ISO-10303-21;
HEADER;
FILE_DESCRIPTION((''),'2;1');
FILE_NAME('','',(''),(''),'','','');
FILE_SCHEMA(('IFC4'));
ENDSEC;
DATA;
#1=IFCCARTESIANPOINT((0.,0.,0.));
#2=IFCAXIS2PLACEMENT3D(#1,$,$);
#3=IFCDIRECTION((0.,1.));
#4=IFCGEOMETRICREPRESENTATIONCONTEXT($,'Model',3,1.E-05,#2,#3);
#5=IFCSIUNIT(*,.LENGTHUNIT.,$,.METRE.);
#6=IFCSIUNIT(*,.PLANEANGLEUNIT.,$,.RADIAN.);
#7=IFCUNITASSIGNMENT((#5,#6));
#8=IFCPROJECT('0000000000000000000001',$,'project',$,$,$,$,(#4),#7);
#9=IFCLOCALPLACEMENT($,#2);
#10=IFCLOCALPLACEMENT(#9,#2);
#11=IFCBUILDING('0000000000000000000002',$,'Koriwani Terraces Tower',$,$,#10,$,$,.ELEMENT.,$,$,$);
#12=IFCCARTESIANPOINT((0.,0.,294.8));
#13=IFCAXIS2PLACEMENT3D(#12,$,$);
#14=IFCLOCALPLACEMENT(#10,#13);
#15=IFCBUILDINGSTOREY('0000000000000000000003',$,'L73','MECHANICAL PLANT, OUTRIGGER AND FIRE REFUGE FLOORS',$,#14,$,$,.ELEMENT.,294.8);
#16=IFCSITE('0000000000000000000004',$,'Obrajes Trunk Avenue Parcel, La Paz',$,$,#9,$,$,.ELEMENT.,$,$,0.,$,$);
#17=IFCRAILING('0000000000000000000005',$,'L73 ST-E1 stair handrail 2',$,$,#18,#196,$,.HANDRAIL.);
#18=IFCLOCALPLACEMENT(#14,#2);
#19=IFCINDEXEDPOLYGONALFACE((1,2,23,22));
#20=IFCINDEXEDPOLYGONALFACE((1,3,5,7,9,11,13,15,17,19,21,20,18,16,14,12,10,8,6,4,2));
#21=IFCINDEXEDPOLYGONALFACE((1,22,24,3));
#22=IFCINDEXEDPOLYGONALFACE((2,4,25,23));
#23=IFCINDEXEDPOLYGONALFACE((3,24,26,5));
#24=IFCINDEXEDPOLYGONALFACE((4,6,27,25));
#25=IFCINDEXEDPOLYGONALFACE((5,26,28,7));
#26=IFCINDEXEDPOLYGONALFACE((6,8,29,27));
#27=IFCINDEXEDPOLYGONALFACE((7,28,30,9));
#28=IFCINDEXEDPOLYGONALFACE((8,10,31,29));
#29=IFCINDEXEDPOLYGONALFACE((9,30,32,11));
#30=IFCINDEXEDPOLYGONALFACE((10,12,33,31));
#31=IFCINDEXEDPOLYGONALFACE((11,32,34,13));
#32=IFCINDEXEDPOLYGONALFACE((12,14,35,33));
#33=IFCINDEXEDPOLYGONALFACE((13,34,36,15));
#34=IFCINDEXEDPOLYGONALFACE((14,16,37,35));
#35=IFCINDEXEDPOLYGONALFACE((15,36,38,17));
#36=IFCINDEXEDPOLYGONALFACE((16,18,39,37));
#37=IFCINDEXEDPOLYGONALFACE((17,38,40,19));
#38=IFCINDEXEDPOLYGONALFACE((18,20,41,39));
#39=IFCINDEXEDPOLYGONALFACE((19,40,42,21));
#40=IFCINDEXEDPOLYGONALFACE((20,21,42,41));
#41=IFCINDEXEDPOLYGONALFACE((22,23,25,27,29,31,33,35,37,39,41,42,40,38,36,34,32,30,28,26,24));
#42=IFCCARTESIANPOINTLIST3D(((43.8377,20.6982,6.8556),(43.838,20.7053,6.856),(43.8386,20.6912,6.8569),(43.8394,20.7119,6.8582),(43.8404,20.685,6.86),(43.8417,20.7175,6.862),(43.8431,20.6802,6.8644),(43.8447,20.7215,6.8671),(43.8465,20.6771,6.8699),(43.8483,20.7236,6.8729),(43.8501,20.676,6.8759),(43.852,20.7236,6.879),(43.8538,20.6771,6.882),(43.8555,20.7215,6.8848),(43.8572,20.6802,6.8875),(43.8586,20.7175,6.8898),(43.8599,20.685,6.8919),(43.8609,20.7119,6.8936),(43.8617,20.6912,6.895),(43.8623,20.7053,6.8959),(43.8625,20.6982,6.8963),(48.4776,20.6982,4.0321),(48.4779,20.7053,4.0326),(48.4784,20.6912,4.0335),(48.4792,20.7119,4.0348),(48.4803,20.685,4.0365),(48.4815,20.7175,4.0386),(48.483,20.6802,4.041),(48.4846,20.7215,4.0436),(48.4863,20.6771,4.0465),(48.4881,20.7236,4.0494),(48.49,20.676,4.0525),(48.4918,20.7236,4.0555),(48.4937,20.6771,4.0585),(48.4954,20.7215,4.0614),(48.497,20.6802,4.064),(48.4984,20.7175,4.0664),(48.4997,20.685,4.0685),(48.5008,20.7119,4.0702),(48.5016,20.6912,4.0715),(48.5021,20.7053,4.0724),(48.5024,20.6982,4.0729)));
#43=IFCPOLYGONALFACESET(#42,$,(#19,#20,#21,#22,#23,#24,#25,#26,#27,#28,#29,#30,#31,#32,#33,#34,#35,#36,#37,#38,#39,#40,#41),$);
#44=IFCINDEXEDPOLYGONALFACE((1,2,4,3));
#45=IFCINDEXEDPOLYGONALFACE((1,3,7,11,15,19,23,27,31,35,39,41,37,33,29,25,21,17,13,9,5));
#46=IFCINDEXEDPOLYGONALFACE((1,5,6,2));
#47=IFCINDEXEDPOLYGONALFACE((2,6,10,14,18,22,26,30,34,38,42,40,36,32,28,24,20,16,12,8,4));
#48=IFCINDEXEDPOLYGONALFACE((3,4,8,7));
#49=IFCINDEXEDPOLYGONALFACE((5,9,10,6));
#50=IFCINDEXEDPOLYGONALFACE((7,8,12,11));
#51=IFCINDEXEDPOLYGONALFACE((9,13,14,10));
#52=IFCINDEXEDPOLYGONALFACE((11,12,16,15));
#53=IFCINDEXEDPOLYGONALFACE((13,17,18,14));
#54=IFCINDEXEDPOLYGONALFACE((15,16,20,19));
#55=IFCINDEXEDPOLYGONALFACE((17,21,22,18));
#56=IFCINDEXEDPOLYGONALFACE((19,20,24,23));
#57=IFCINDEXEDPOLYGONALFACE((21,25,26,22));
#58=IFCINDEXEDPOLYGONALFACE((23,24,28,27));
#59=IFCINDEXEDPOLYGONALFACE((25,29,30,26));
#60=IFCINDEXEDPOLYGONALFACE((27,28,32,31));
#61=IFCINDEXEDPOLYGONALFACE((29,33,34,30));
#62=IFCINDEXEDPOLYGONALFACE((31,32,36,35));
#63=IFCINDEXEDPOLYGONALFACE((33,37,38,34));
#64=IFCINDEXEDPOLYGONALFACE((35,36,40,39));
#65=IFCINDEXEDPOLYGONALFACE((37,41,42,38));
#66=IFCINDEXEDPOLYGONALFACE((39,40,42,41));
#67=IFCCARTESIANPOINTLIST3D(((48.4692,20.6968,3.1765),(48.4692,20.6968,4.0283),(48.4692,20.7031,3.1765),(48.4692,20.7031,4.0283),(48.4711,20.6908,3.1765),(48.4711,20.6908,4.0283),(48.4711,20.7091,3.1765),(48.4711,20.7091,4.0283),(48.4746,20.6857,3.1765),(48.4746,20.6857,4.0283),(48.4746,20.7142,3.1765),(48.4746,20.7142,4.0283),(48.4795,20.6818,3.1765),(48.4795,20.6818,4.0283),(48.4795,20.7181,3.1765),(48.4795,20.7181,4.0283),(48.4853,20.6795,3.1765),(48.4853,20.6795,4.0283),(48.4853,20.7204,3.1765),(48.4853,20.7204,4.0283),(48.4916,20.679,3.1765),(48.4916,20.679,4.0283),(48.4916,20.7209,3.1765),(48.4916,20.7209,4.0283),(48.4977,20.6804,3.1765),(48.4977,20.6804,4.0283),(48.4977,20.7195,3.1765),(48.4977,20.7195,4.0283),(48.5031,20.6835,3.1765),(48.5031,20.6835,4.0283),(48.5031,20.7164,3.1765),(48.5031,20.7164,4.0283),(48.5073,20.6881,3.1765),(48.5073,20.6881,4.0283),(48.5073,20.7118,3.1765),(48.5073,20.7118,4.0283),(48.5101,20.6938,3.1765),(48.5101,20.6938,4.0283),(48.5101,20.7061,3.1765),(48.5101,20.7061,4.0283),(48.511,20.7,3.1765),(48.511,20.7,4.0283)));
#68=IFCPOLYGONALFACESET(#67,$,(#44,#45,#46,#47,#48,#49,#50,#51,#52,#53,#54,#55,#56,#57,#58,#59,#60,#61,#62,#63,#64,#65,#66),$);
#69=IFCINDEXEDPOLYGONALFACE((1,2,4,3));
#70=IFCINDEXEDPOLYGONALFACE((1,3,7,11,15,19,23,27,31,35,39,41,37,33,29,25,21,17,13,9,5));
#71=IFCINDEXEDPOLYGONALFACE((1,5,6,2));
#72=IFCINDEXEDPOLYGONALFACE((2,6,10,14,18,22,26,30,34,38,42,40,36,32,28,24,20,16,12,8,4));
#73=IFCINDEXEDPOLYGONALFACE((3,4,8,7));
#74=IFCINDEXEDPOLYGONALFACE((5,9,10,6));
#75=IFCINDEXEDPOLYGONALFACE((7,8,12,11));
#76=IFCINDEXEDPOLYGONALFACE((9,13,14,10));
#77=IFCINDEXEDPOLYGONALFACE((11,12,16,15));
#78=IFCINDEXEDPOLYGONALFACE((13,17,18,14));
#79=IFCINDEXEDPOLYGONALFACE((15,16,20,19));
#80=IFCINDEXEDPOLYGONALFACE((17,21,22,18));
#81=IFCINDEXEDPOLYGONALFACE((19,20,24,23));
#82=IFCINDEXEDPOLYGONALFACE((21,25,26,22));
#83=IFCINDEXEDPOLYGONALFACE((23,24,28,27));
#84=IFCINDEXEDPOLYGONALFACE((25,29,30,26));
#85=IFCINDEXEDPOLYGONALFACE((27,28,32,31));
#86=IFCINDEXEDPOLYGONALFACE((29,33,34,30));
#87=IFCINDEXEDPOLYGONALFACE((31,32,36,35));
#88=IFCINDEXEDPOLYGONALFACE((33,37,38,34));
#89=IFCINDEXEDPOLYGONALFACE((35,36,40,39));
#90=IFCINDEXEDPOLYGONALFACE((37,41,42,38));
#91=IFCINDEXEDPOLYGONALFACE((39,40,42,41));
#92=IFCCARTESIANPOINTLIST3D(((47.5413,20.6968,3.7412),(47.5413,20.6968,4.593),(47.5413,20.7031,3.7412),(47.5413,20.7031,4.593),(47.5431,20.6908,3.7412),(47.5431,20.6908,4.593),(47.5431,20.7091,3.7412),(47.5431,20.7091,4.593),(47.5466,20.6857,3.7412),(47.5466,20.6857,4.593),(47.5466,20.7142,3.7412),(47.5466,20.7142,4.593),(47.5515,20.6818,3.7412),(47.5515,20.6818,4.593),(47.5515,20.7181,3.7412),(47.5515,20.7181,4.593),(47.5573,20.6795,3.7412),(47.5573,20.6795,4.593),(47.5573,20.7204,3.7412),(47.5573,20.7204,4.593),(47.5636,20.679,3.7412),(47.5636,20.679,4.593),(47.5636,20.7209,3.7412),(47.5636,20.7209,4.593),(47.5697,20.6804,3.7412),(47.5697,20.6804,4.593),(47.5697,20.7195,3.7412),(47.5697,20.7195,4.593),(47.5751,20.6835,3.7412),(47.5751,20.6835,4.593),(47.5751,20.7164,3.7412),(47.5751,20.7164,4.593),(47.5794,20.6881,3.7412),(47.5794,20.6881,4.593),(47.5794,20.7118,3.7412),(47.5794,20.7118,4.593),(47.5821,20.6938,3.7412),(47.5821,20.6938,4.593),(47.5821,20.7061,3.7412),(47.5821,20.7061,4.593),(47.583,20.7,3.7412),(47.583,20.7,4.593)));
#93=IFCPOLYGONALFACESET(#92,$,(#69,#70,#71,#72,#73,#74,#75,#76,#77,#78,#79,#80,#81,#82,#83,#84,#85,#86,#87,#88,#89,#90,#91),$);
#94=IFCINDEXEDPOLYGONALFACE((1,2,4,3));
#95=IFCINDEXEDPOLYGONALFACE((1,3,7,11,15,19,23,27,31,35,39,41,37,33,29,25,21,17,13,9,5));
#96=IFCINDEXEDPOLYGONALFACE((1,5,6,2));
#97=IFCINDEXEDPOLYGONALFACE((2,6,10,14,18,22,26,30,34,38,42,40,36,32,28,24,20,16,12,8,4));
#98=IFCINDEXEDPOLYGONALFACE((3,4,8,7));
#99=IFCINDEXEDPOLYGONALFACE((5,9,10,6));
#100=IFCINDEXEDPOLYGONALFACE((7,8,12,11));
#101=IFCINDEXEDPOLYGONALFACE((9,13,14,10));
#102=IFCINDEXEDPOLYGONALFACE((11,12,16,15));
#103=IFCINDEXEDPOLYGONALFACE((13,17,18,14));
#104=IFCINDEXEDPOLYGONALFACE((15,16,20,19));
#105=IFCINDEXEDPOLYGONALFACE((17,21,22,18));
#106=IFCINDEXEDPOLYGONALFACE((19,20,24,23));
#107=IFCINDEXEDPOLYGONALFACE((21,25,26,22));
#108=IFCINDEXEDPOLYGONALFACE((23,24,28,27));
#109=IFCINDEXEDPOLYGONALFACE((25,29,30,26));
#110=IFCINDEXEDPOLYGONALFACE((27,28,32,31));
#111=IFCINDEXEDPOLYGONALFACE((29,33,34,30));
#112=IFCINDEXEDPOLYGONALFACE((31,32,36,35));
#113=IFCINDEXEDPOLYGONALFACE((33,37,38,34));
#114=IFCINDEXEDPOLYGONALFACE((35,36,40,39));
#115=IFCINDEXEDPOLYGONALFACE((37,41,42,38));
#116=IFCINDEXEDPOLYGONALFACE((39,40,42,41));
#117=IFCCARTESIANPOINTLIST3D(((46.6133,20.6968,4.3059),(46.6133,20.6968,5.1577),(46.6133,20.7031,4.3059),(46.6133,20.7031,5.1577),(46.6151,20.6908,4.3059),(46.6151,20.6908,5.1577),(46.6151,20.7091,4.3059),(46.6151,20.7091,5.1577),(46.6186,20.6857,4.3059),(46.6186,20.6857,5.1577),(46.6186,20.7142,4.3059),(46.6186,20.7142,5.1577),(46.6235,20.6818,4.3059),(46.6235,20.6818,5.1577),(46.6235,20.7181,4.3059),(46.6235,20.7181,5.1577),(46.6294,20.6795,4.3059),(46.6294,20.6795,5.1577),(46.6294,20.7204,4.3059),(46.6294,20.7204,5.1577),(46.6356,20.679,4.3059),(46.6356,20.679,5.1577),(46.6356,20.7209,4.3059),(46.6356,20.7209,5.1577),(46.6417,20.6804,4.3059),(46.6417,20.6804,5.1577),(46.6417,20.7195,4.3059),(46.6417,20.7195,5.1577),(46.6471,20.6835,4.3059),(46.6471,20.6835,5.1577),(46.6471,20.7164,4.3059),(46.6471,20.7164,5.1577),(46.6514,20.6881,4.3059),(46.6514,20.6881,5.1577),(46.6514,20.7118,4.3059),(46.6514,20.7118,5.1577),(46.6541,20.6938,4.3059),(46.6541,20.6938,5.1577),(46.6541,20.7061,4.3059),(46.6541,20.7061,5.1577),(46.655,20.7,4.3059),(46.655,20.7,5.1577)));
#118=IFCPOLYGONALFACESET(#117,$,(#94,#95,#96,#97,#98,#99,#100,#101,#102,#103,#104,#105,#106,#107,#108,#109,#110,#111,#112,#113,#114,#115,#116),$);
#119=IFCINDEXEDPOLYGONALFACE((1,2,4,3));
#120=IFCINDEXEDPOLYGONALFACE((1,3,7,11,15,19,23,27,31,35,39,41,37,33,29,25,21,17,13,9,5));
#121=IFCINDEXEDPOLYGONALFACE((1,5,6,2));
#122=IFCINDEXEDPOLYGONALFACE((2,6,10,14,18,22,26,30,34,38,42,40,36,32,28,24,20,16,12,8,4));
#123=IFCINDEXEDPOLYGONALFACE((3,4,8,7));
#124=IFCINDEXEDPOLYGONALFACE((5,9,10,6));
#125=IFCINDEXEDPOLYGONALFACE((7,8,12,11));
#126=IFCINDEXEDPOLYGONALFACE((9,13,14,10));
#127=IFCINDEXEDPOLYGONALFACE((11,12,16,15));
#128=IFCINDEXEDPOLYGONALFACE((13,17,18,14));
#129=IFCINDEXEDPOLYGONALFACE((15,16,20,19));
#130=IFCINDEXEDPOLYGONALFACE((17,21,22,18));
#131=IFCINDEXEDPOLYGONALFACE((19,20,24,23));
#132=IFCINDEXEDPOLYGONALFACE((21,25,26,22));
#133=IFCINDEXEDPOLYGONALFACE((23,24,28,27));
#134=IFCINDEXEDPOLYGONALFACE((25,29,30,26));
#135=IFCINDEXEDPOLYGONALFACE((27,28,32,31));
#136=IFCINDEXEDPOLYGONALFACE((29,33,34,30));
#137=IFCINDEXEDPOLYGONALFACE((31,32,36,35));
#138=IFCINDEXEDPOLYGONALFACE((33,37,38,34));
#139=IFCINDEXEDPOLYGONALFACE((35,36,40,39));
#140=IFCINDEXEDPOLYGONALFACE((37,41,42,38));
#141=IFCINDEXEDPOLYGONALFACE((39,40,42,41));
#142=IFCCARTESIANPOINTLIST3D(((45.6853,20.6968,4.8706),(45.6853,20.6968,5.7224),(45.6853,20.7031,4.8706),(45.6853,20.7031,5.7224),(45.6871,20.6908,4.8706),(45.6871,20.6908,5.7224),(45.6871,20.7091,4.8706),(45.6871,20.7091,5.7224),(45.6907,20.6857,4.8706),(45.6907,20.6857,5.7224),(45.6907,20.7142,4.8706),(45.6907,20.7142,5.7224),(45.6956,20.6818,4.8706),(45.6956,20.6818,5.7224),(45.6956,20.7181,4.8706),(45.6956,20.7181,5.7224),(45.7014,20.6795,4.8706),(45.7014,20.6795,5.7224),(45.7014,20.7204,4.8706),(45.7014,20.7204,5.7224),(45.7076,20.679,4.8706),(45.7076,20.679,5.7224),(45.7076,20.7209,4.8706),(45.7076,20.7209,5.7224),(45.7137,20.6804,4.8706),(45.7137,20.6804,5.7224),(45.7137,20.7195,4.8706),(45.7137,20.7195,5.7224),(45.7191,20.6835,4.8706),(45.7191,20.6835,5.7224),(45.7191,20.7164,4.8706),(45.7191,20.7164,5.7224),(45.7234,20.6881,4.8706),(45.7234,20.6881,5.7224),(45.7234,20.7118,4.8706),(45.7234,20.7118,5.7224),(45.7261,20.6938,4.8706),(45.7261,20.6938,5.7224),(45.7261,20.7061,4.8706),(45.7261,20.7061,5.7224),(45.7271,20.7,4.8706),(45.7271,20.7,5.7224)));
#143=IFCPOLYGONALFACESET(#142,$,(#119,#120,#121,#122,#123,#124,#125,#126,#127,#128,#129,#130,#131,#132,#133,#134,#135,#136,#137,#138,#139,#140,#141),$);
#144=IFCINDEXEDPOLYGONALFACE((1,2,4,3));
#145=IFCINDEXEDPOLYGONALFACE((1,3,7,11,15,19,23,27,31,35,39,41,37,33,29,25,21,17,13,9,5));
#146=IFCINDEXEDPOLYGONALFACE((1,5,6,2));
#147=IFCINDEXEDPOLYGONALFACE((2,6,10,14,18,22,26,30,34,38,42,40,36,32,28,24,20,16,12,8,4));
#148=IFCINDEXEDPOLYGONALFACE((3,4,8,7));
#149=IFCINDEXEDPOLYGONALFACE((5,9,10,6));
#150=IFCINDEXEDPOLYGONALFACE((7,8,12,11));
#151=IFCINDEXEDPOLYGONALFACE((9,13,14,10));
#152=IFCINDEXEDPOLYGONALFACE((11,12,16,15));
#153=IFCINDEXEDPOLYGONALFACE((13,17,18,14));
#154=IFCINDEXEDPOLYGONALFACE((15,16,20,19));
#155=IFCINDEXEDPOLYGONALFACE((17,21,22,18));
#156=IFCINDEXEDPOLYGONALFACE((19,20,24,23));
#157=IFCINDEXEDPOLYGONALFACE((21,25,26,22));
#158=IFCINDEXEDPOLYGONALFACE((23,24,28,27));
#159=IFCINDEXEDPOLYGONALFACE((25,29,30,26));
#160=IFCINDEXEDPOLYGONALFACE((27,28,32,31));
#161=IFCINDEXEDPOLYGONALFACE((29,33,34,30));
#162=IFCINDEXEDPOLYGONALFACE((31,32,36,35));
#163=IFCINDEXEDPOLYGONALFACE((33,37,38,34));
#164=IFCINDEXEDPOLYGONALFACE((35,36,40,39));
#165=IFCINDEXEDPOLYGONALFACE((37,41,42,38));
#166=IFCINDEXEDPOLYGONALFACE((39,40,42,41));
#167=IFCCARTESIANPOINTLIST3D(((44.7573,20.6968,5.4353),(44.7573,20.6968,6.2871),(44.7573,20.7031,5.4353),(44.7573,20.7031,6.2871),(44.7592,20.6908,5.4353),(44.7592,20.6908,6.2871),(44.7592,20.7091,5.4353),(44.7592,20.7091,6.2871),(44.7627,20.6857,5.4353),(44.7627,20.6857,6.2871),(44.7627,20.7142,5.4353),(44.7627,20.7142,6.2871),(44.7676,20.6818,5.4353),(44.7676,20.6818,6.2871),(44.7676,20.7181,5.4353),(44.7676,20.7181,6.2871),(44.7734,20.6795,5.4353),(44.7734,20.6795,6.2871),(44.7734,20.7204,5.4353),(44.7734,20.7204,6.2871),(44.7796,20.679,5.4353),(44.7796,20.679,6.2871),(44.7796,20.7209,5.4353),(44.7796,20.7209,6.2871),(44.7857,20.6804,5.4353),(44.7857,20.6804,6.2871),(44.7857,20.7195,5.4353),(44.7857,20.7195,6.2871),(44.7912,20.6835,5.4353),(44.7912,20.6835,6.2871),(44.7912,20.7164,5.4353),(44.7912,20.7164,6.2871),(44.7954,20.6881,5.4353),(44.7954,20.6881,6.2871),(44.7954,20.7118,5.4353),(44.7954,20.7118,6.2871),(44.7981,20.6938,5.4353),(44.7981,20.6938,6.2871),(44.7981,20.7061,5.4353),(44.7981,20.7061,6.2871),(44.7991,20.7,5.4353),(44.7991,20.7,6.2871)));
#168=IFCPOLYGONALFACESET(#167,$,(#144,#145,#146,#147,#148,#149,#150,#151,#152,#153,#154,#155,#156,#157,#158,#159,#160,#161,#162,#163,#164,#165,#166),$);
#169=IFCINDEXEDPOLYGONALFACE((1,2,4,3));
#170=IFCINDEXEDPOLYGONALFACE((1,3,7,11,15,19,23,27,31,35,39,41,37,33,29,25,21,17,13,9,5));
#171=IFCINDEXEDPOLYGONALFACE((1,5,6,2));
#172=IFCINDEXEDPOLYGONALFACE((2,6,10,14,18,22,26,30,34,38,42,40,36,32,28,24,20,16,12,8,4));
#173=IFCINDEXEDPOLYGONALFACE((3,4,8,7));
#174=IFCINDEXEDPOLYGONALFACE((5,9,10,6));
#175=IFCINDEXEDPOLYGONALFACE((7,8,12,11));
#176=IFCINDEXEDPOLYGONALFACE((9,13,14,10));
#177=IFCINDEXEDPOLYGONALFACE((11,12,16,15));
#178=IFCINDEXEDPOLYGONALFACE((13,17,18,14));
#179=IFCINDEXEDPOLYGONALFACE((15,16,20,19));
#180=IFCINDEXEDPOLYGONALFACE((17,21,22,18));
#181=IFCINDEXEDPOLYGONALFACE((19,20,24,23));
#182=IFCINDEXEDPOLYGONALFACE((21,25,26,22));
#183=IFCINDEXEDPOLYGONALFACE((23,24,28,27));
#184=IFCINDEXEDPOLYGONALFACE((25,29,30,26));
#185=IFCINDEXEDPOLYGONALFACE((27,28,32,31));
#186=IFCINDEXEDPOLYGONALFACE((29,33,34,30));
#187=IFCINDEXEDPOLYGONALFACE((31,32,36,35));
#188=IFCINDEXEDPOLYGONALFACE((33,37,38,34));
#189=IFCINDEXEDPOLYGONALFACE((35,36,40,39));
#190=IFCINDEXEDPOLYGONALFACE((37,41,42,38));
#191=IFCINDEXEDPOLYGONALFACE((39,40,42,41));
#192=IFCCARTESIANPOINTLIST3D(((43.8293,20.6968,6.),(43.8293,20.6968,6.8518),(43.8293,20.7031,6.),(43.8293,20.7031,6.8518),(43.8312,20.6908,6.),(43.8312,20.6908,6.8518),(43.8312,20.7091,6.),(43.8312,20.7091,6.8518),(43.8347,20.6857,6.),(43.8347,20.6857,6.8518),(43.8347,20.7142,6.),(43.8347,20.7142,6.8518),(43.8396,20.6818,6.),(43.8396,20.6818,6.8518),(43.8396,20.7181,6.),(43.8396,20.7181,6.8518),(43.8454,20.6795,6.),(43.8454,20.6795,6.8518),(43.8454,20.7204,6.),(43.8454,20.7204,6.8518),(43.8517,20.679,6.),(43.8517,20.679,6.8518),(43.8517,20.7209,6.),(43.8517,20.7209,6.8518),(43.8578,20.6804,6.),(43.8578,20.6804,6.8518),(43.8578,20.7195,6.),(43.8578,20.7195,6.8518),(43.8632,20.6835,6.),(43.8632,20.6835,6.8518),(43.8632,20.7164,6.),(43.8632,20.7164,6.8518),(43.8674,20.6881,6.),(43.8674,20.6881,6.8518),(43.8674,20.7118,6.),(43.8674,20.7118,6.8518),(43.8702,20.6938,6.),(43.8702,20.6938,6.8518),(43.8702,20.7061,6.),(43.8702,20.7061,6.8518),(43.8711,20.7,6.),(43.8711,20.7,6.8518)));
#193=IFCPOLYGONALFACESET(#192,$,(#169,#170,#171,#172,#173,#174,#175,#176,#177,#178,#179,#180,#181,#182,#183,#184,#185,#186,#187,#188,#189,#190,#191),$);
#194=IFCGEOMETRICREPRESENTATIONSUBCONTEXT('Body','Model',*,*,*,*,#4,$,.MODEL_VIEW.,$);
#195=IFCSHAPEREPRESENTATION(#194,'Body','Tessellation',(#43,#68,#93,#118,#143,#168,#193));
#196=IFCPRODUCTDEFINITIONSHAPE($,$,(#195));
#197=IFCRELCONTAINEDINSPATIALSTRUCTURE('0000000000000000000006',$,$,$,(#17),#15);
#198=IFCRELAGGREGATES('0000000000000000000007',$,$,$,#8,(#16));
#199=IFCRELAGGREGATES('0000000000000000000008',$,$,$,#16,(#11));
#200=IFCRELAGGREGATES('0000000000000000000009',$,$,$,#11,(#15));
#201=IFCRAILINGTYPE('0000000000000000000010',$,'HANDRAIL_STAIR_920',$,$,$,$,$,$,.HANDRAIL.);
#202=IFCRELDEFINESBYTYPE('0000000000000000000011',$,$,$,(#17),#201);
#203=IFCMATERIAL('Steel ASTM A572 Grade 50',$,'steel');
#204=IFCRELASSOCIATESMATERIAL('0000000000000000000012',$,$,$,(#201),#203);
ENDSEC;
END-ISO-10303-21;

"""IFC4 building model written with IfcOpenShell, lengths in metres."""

from ifc_helpers import new_model, si_unit, direction, frame, origin, origin_2d, place, context, subcontext, project, spatial, circle, extrude, material, type_object, element, save


model = new_model("IFC4")

# Units and contexts
model_context = context("Model", 3, precision=1e-05, world=origin(), true_north=direction((0.0, 1.0)))
body_context = subcontext(model_context, "Body", "Model", "MODEL_VIEW")
ifc_project = project(units=[si_unit("LENGTHUNIT", "METRE"), si_unit("PLANEANGLEUNIT", "RADIAN")], contexts=[model_context])

# Site, building, storey
site_placement = place(None, origin())
site = spatial("IfcSite", under=ifc_project, at=site_placement, Name="Obrajes Trunk Avenue Parcel, La Paz", CompositionType="ELEMENT", RefElevation=0.0)
building_placement = place(site_placement, origin())
building = spatial("IfcBuilding", under=site, at=building_placement, Name="Koriwani Terraces Tower", CompositionType="ELEMENT")
storey_placement = place(building_placement, frame((0.0, 0.0, 294.8)))
storey = spatial("IfcBuildingStorey", under=building, at=storey_placement, Name="L73", Description="MECHANICAL PLANT, OUTRIGGER AND FIRE REFUGE FLOORS", CompositionType="ELEMENT", Elevation=294.8)

# Shared definitions
ifc_material_1 = material(Name="Steel ASTM A572 Grade 50", Category="steel")

# Railing
railing_type_1 = type_object("IfcRailingType", Name="HANDRAIL_STAIR_920", PredefinedType="HANDRAIL", material=ifc_material_1)
railing_1_placement = place(storey_placement, frame((48.49, 20.7, 3.1765)))
element("IfcRailing", 1, at=railing_1_placement, inside=storey, type_object=railing_type_1, Name="L73 ST-E1 stair handrail 2", PredefinedType="HANDRAIL", context=body_context, shape_type="SweptSolid", body=[
    extrude(circle(Radius=0.0239, at=origin_2d()), frame((0.0, 0.0, 0.876), z_axis=(-0.854264, 0.0, 0.51984), x_axis=(0.0, -1.0, 0.0)), (0.0, 0.0, 1.0), 5.4314),
    extrude(circle(Radius=0.021, at=origin_2d()), origin(), (0.0, 0.0, 1.0), 0.8518),
    extrude(circle(Radius=0.021, at=origin_2d()), frame((-0.928, 0.0, 0.5647)), (0.0, 0.0, 1.0), 0.8518),
    extrude(circle(Radius=0.021, at=origin_2d()), frame((-1.856, 0.0, 1.1294)), (0.0, 0.0, 1.0), 0.8518),
    extrude(circle(Radius=0.021, at=origin_2d()), frame((-2.7839, 0.0, 1.6941)), (0.0, 0.0, 1.0), 0.8518),
    extrude(circle(Radius=0.021, at=origin_2d()), frame((-3.7119, 0.0, 2.2588)), (0.0, 0.0, 1.0), 0.8518),
    extrude(circle(Radius=0.021, at=origin_2d()), frame((-4.6399, 0.0, 2.8235)), (0.0, 0.0, 1.0), 0.8518),
])

save(model, "model.ifc")
